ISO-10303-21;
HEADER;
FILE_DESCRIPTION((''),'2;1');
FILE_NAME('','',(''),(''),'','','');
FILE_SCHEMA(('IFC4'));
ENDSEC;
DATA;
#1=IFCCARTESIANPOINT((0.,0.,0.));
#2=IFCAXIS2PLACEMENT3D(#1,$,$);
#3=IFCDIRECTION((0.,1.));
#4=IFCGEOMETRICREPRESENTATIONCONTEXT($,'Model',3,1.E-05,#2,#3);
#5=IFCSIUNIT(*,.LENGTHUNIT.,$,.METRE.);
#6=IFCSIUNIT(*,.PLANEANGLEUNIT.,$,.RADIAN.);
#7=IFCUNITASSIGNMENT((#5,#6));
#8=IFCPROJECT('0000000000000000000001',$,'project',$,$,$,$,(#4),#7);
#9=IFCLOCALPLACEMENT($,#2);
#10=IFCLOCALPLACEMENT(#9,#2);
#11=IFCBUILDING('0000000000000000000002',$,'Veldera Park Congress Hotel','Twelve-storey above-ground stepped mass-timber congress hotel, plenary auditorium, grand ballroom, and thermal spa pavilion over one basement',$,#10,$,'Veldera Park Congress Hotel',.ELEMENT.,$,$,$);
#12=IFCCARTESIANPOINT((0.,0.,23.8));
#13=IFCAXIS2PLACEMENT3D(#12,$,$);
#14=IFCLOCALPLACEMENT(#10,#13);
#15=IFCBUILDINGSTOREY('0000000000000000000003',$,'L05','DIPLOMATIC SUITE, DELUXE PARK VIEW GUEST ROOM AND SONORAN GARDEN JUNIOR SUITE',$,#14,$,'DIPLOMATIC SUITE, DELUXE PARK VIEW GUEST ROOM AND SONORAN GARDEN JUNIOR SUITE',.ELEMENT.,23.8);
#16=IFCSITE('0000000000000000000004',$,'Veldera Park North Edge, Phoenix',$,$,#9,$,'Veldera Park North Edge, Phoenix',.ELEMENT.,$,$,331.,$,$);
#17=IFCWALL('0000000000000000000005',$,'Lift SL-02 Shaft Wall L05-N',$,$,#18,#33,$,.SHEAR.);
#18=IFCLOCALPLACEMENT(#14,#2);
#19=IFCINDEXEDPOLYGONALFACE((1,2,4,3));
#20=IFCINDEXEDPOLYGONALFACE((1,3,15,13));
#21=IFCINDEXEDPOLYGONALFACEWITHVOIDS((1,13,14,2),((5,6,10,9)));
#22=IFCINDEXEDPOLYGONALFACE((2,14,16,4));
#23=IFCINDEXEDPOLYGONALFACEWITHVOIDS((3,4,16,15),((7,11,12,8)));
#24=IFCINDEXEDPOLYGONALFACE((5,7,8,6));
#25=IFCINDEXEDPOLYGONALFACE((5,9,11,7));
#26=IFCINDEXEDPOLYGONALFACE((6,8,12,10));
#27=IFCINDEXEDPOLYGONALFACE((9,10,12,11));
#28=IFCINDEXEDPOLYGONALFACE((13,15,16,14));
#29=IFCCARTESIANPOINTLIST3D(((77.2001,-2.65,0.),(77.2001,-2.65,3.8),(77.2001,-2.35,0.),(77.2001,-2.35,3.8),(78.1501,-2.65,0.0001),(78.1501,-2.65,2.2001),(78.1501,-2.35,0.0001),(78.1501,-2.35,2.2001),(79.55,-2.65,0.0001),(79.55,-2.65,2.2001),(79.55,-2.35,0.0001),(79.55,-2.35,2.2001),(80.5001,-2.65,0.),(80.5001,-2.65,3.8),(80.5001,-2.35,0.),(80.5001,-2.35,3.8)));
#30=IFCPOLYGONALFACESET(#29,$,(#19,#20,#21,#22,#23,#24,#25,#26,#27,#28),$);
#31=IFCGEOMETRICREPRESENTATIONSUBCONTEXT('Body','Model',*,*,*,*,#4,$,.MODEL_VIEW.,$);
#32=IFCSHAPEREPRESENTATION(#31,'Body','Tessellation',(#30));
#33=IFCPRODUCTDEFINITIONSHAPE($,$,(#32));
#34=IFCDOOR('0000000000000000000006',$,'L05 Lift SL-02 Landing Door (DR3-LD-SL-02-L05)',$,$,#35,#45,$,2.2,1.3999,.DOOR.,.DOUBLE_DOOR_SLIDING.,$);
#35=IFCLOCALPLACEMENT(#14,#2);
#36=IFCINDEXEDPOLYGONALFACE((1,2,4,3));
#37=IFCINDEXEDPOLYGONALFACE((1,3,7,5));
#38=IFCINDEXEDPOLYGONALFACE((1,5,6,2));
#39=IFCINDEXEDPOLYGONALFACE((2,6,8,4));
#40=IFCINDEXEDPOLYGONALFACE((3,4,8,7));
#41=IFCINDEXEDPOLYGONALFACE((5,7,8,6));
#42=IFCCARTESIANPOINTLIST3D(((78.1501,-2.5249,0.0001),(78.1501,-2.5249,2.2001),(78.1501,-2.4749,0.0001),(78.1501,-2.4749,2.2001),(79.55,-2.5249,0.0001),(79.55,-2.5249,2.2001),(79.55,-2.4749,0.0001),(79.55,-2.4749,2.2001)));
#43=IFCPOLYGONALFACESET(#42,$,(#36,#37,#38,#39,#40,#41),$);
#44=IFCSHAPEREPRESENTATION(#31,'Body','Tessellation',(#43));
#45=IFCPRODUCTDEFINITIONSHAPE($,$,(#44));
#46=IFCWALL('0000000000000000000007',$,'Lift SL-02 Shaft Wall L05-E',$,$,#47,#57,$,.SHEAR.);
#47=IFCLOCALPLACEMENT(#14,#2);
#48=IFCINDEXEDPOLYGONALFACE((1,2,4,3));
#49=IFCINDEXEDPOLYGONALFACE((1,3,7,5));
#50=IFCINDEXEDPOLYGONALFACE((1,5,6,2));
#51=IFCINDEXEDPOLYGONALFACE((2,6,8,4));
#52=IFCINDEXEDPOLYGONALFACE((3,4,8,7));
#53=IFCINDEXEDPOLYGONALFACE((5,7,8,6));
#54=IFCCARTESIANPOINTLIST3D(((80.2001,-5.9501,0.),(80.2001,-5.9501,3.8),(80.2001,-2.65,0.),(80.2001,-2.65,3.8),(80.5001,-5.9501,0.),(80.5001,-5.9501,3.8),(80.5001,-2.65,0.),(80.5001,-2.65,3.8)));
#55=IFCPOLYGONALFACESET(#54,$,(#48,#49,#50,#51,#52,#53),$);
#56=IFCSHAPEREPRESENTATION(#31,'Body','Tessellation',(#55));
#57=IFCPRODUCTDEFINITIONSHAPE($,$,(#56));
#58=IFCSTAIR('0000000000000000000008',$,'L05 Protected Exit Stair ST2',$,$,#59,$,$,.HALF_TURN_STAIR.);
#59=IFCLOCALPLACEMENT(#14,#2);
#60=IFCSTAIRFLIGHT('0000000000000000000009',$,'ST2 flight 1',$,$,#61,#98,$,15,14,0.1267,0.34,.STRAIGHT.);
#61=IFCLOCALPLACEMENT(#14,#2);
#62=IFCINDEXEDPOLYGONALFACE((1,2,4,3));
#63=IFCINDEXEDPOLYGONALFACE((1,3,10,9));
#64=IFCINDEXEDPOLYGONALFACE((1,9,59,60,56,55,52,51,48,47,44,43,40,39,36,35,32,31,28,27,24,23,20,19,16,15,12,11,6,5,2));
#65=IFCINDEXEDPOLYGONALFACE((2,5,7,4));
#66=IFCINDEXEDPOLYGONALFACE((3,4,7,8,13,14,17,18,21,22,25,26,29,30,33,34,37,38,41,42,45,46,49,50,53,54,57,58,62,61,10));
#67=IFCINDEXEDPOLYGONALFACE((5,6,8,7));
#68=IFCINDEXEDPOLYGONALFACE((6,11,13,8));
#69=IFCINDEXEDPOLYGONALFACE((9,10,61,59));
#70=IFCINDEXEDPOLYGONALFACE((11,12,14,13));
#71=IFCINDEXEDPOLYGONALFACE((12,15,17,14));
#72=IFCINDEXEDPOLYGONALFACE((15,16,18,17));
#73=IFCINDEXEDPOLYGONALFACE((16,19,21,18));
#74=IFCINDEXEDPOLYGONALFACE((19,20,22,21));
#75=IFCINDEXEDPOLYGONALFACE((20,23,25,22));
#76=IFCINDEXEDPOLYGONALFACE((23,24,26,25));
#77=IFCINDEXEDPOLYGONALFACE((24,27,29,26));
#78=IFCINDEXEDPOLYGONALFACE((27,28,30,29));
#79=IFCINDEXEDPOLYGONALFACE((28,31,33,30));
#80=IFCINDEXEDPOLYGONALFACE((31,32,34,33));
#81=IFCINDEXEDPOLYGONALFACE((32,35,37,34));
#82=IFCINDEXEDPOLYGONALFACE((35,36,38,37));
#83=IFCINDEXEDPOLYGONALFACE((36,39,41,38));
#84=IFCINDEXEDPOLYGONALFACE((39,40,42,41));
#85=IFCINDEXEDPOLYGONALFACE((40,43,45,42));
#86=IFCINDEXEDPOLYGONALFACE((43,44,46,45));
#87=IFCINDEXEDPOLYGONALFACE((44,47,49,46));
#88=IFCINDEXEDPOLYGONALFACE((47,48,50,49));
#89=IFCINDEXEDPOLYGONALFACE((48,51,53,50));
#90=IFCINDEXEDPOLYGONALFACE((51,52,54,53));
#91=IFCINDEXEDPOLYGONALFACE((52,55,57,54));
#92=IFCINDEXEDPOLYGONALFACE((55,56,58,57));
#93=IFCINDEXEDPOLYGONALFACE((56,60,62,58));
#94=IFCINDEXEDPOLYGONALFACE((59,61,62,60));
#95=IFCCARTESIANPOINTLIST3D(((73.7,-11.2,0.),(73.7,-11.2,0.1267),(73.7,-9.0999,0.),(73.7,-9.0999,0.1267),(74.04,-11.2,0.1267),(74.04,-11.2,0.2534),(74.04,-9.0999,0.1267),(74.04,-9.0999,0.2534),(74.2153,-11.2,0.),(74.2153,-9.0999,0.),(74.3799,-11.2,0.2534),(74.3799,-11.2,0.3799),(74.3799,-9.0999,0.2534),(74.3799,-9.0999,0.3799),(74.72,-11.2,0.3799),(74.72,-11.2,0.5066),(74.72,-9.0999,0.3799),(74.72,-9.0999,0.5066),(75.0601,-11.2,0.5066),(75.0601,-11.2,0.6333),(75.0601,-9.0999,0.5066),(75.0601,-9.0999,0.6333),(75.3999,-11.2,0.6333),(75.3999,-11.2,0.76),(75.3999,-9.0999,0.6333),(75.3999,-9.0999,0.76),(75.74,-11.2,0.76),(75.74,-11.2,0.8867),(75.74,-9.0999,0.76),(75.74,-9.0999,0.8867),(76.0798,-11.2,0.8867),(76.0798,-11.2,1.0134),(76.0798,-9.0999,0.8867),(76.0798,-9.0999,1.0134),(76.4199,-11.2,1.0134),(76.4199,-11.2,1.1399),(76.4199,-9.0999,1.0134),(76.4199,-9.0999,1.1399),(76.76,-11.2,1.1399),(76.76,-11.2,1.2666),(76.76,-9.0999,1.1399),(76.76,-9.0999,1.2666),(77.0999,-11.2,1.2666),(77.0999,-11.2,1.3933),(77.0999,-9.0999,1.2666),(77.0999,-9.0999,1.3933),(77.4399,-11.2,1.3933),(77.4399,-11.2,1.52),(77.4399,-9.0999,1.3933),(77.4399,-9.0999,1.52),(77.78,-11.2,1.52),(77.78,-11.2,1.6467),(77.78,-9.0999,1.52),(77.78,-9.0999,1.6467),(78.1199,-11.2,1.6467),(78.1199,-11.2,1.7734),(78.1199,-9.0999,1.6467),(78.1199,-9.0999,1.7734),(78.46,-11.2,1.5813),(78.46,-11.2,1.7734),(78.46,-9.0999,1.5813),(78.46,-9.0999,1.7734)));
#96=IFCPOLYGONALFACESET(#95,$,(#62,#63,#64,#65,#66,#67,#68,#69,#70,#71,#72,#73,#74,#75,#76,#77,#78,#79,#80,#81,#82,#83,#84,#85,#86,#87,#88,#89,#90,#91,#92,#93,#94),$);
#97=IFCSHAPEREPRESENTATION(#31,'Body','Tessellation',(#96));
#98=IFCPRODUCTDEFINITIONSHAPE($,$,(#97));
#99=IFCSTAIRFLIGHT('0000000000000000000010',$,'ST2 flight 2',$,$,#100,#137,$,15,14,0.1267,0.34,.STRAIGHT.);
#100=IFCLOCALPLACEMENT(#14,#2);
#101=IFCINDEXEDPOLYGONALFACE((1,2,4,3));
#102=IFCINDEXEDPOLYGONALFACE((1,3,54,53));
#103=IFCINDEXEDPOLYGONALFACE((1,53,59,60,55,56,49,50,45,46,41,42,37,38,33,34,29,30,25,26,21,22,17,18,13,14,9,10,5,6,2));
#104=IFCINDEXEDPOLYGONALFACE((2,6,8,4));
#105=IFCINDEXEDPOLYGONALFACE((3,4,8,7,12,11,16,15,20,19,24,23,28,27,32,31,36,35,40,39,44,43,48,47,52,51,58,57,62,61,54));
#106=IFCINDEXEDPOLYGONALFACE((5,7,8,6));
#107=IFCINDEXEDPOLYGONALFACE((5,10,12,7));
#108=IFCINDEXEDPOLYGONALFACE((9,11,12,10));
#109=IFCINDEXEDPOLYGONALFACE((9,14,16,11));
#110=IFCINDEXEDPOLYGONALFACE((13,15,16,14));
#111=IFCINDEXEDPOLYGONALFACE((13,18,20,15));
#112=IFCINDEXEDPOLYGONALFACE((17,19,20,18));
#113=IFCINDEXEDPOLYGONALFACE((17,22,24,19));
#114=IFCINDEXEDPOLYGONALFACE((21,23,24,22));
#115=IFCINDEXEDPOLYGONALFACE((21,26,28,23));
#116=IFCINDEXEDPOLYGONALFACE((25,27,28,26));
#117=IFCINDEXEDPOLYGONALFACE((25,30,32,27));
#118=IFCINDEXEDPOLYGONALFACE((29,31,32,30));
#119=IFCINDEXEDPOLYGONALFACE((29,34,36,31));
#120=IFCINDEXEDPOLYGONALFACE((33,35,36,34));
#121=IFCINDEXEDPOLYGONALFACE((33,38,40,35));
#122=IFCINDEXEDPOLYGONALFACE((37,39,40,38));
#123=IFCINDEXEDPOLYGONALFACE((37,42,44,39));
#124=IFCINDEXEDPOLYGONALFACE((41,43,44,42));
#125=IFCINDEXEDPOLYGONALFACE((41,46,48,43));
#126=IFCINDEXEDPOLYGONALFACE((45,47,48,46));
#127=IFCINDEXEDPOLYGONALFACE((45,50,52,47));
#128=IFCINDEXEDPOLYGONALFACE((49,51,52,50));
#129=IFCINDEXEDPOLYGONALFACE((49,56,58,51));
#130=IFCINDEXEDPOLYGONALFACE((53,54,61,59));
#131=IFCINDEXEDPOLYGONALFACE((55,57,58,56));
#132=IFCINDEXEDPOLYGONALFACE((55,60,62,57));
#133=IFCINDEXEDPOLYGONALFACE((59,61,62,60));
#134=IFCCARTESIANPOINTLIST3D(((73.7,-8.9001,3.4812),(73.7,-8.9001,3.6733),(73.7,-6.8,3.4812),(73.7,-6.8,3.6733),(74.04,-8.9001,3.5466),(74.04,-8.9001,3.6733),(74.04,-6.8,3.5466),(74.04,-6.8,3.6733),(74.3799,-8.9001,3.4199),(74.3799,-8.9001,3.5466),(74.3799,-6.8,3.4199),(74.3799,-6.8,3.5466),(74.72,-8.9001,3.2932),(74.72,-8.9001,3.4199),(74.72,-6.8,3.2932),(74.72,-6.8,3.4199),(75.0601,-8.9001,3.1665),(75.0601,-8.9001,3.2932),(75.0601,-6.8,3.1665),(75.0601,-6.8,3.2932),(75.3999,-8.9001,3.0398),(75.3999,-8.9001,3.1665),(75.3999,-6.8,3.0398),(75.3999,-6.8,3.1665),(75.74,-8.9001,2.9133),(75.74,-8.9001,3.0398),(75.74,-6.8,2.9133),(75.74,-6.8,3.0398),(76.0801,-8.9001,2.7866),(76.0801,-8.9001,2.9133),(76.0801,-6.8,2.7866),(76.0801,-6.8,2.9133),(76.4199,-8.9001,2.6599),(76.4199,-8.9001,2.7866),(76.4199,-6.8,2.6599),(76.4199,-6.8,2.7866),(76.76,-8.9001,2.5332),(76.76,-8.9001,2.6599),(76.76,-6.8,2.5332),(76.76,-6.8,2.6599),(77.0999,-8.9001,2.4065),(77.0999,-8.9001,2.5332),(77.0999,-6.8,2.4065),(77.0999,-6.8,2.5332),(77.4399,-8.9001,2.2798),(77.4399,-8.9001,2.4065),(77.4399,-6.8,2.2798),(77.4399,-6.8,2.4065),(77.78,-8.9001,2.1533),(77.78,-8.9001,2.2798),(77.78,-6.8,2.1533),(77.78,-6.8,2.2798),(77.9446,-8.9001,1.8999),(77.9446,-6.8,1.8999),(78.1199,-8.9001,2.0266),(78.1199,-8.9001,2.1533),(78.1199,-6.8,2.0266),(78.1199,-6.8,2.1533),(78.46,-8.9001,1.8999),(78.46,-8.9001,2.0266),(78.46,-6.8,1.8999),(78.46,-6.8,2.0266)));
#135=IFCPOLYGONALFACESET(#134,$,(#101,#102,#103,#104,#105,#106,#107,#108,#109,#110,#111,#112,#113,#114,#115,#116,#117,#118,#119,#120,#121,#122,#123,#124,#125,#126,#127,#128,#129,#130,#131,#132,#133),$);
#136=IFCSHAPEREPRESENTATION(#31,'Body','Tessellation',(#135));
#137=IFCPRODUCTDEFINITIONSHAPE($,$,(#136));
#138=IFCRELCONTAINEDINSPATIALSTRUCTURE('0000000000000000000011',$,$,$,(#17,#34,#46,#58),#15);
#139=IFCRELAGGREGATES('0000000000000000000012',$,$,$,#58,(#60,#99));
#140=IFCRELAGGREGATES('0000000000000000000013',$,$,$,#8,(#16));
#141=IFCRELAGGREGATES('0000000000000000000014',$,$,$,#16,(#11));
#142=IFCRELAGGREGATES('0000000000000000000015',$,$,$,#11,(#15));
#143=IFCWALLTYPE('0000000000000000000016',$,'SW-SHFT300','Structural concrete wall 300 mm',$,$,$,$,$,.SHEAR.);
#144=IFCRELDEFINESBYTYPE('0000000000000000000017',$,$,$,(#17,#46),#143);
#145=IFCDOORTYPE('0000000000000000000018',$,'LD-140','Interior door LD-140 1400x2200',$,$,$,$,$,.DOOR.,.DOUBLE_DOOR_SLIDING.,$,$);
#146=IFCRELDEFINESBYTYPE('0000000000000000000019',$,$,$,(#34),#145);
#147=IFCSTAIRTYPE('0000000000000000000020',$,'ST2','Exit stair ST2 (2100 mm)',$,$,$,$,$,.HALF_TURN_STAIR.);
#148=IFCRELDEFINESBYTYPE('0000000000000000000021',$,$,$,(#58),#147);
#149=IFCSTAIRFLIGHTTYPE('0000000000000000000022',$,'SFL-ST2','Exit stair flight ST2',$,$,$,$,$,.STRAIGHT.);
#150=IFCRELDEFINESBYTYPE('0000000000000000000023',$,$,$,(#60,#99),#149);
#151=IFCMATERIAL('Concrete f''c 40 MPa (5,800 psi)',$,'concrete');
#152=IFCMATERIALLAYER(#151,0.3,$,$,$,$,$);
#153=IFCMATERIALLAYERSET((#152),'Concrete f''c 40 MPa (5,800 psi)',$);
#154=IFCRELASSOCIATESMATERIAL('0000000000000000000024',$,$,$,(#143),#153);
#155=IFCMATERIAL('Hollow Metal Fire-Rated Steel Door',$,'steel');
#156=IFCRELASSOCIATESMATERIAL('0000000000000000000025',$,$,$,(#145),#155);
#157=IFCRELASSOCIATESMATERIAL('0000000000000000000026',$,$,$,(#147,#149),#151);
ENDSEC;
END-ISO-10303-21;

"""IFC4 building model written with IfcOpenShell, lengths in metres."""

from ifc_helpers import new_model, si_unit, direction, frame, frame_2d, origin, place, context, subcontext, project, spatial, polyline, rectangle, outline, extrude, material, layer, layer_set, type_object, element, fill, aggregate, save


model = new_model("IFC4")

# Units and contexts
model_context = context("Model", 3, precision=1e-05, world=origin(), true_north=direction((0.0, 1.0)))
body_context = subcontext(model_context, "Body", "Model", "MODEL_VIEW")
ifc_project = project(units=[si_unit("LENGTHUNIT", "METRE"), si_unit("PLANEANGLEUNIT", "RADIAN")], contexts=[model_context])

# Site, building, storey
site_placement = place(None, origin())
site = spatial("IfcSite", under=ifc_project, at=site_placement, Name="Veldera Park North Edge, Phoenix", LongName="Veldera Park North Edge, Phoenix", CompositionType="ELEMENT", RefElevation=331.0)
building_placement = place(site_placement, origin())
building = spatial("IfcBuilding", under=site, at=building_placement, Name="Veldera Park Congress Hotel", Description="Twelve-storey above-ground stepped mass-timber congress hotel, plenary auditorium, grand ballroom, and thermal spa pavilion over one basement", LongName="Veldera Park Congress Hotel", CompositionType="ELEMENT")
storey_placement = place(building_placement, frame((0.0, 0.0, 23.8)))
storey = spatial("IfcBuildingStorey", under=building, at=storey_placement, Name="L05", Description="DIPLOMATIC SUITE, DELUXE PARK VIEW GUEST ROOM AND SONORAN GARDEN JUNIOR SUITE", LongName="DIPLOMATIC SUITE, DELUXE PARK VIEW GUEST ROOM AND SONORAN GARDEN JUNIOR SUITE", CompositionType="ELEMENT", Elevation=23.8)

# Shared definitions
ifc_material_1 = material(Name="Concrete f'c 40 MPa (5,800 psi)", Category="concrete")

# Shared definitions
ifc_material_2 = material(Name="Hollow Metal Fire-Rated Steel Door", Category="steel")

# Shared definitions
ifc_layer_1 = layer(ifc_material_1, 0.3)
ifc_layer_set_1 = layer_set([ifc_layer_1], Name="Concrete f'c 40 MPa (5,800 psi)")
wall_type_1 = type_object("IfcWallType", Name="SW-SHFT300", Description="Structural concrete wall 300 mm", PredefinedType="SHEAR", material=ifc_layer_set_1)

# Shared definitions
door_type_1 = type_object("IfcDoorType", Name="LD-140", Description="Interior door LD-140 1400x2200", OperationType="DOUBLE_DOOR_SLIDING", PredefinedType="DOOR", material=ifc_material_2)

# Wall, opening, door
wall_1_placement = place(storey_placement, frame((80.5, -2.5, 0.0), z_axis=(0.0, 0.0, 1.0), x_axis=(-1.0, 0.0, 0.0)))
wall_1 = element("IfcWall", 1, at=wall_1_placement, inside=storey, type_object=wall_type_1, Name="Lift SL-02 Shaft Wall L05-N", PredefinedType="SHEAR", context=body_context, shape_type="SweptSolid", body=[
    extrude(rectangle(XDim=3.3, YDim=0.3, at=frame_2d((1.6499, 0.0))), origin(), (0.0, 0.0, 1.0), 3.8),
])
opening_1_placement = place(wall_1_placement, frame((0.95, 0.0, 0.0)))
opening_1 = element("IfcOpeningElement", 2, at=opening_1_placement, cuts=wall_1, PredefinedType="OPENING", context=body_context, shape_type="SweptSolid", body=[
    extrude(rectangle(XDim=1.3999, YDim=2.2, at=frame_2d((0.7, 1.1001))), frame((0.0, 0.1621, 0.0), z_axis=(0.0, -1.0, 0.0), x_axis=(1.0, 0.0, 0.0)), (0.0, 0.0, 1.0), 0.324),
])
door_1_placement = place(opening_1_placement, origin())
door_1 = element("IfcDoor", 3, at=door_1_placement, inside=storey, type_object=door_type_1, Name="L05 Lift SL-02 Landing Door (DR3-LD-SL-02-L05)", OperationType="DOUBLE_DOOR_SLIDING", OverallHeight=2.2, OverallWidth=1.3999, PredefinedType="DOOR", context=body_context, shape_type="SweptSolid", body=[
    extrude(rectangle(XDim=1.3999, YDim=2.2, at=frame_2d((0.7, 1.1001))), frame((0.0, 0.0249, 0.0), z_axis=(0.0, -1.0, 0.0), x_axis=(1.0, 0.0, 0.0)), (0.0, 0.0, 1.0), 0.05),
])
fill(opening_1, door_1)

# Wall
wall_2_placement = place(storey_placement, frame((80.3501, -5.95, 0.0), z_axis=(0.0, 0.0, 1.0), x_axis=(0.0, 1.0, 0.0)))
element("IfcWall", 4, at=wall_2_placement, inside=storey, type_object=wall_type_1, Name="Lift SL-02 Shaft Wall L05-E", PredefinedType="SHEAR", context=body_context, shape_type="SweptSolid", body=[
    extrude(rectangle(XDim=3.3, YDim=0.3, at=frame_2d((1.6499, 0.0))), origin(), (0.0, 0.0, 1.0), 3.8),
])

# Stair, stair flights
stair_type = type_object("IfcStairType", Name="ST2", Description="Exit stair ST2 (2100 mm)", PredefinedType="HALF_TURN_STAIR", material=ifc_material_1)
stair_placement = place(storey_placement, origin())
stair = element("IfcStair", 5, at=stair_placement, inside=storey, type_object=stair_type, Name="L05 Protected Exit Stair ST2", PredefinedType="HALF_TURN_STAIR")
stair_flight_type = type_object("IfcStairFlightType", Name="SFL-ST2", Description="Exit stair flight ST2", PredefinedType="STRAIGHT", material=ifc_material_1)
stair_flight_1_placement = place(storey_placement, frame((73.7, -10.1499, 0.0), z_axis=(0.0, 0.0, 1.0), x_axis=(1.0, 0.0, 0.0)))
stair_flight_1 = element("IfcStairFlight", 6, at=stair_flight_1_placement, type_object=stair_flight_type, Name="ST2 flight 1", NumberOfRisers=15, NumberOfTreads=14, PredefinedType="STRAIGHT", RiserHeight=0.1267, TreadLength=0.34, context=body_context, shape_type="SweptSolid", body=[
    extrude(outline(polyline([(0.0, 0.0), (0.0, 0.1267), (0.3401, 0.1267), (0.3401, 0.2534), (0.6799, 0.2534), (0.6799, 0.3799), (1.02, 0.3799), (1.02, 0.5066), (1.3601, 0.5066), (1.3601, 0.6333), (1.7, 0.6333), (1.7, 0.76), (2.04, 0.76), (2.04, 0.8867), (2.3799, 0.8867), (2.3799, 1.0134), (2.72, 1.0134), (2.72, 1.1399), (3.0601, 1.1399), (3.0601, 1.2666), (3.3999, 1.2666), (3.3999, 1.3933), (3.74, 1.3933), (3.74, 1.52), (4.0801, 1.52), (4.0801, 1.6467), (4.4199, 1.6467), (4.4199, 1.7734), (4.76, 1.7734), (4.76, 1.8999), (4.76, 1.8999), (4.76, 1.5813), (0.5154, 0.0), (0.0, 0.0)])), frame((0.0, 1.05, 0.0), z_axis=(0.0, -1.0, 0.0), x_axis=(1.0, 0.0, 0.0)), (0.0, 0.0, 1.0), 2.1001),
])
stair_flight_2_placement = place(storey_placement, frame((78.46, -7.8501, 1.8999), z_axis=(0.0, 0.0, 1.0), x_axis=(-1.0, 0.0, 0.0)))
stair_flight_2 = element("IfcStairFlight", 7, at=stair_flight_2_placement, type_object=stair_flight_type, Name="ST2 flight 2", NumberOfRisers=15, NumberOfTreads=14, PredefinedType="STRAIGHT", RiserHeight=0.1267, TreadLength=0.34, context=body_context, shape_type="SweptSolid", body=[
    extrude(outline(polyline([(0.0, 0.0), (0.0, 0.1267), (0.3401, 0.1267), (0.3401, 0.2534), (0.6799, 0.2534), (0.6799, 0.3799), (1.02, 0.3799), (1.02, 0.5066), (1.3601, 0.5066), (1.3601, 0.6333), (1.7, 0.6333), (1.7, 0.76), (2.04, 0.76), (2.04, 0.8867), (2.3799, 0.8867), (2.3799, 1.0134), (2.72, 1.0134), (2.72, 1.1399), (3.0601, 1.1399), (3.0601, 1.2666), (3.3999, 1.2666), (3.3999, 1.3933), (3.74, 1.3933), (3.74, 1.52), (4.0801, 1.52), (4.0801, 1.6467), (4.4199, 1.6467), (4.4199, 1.7734), (4.76, 1.7734), (4.76, 1.8999), (4.76, 1.8999), (4.76, 1.5813), (0.5154, 0.0), (0.0, 0.0)])), frame((0.0, 1.05, 0.0), z_axis=(0.0, -1.0, 0.0), x_axis=(1.0, 0.0, 0.0)), (0.0, 0.0, 1.0), 2.1001),
])
aggregate(stair, [stair_flight_1, stair_flight_2])

save(model, "model.ifc")
